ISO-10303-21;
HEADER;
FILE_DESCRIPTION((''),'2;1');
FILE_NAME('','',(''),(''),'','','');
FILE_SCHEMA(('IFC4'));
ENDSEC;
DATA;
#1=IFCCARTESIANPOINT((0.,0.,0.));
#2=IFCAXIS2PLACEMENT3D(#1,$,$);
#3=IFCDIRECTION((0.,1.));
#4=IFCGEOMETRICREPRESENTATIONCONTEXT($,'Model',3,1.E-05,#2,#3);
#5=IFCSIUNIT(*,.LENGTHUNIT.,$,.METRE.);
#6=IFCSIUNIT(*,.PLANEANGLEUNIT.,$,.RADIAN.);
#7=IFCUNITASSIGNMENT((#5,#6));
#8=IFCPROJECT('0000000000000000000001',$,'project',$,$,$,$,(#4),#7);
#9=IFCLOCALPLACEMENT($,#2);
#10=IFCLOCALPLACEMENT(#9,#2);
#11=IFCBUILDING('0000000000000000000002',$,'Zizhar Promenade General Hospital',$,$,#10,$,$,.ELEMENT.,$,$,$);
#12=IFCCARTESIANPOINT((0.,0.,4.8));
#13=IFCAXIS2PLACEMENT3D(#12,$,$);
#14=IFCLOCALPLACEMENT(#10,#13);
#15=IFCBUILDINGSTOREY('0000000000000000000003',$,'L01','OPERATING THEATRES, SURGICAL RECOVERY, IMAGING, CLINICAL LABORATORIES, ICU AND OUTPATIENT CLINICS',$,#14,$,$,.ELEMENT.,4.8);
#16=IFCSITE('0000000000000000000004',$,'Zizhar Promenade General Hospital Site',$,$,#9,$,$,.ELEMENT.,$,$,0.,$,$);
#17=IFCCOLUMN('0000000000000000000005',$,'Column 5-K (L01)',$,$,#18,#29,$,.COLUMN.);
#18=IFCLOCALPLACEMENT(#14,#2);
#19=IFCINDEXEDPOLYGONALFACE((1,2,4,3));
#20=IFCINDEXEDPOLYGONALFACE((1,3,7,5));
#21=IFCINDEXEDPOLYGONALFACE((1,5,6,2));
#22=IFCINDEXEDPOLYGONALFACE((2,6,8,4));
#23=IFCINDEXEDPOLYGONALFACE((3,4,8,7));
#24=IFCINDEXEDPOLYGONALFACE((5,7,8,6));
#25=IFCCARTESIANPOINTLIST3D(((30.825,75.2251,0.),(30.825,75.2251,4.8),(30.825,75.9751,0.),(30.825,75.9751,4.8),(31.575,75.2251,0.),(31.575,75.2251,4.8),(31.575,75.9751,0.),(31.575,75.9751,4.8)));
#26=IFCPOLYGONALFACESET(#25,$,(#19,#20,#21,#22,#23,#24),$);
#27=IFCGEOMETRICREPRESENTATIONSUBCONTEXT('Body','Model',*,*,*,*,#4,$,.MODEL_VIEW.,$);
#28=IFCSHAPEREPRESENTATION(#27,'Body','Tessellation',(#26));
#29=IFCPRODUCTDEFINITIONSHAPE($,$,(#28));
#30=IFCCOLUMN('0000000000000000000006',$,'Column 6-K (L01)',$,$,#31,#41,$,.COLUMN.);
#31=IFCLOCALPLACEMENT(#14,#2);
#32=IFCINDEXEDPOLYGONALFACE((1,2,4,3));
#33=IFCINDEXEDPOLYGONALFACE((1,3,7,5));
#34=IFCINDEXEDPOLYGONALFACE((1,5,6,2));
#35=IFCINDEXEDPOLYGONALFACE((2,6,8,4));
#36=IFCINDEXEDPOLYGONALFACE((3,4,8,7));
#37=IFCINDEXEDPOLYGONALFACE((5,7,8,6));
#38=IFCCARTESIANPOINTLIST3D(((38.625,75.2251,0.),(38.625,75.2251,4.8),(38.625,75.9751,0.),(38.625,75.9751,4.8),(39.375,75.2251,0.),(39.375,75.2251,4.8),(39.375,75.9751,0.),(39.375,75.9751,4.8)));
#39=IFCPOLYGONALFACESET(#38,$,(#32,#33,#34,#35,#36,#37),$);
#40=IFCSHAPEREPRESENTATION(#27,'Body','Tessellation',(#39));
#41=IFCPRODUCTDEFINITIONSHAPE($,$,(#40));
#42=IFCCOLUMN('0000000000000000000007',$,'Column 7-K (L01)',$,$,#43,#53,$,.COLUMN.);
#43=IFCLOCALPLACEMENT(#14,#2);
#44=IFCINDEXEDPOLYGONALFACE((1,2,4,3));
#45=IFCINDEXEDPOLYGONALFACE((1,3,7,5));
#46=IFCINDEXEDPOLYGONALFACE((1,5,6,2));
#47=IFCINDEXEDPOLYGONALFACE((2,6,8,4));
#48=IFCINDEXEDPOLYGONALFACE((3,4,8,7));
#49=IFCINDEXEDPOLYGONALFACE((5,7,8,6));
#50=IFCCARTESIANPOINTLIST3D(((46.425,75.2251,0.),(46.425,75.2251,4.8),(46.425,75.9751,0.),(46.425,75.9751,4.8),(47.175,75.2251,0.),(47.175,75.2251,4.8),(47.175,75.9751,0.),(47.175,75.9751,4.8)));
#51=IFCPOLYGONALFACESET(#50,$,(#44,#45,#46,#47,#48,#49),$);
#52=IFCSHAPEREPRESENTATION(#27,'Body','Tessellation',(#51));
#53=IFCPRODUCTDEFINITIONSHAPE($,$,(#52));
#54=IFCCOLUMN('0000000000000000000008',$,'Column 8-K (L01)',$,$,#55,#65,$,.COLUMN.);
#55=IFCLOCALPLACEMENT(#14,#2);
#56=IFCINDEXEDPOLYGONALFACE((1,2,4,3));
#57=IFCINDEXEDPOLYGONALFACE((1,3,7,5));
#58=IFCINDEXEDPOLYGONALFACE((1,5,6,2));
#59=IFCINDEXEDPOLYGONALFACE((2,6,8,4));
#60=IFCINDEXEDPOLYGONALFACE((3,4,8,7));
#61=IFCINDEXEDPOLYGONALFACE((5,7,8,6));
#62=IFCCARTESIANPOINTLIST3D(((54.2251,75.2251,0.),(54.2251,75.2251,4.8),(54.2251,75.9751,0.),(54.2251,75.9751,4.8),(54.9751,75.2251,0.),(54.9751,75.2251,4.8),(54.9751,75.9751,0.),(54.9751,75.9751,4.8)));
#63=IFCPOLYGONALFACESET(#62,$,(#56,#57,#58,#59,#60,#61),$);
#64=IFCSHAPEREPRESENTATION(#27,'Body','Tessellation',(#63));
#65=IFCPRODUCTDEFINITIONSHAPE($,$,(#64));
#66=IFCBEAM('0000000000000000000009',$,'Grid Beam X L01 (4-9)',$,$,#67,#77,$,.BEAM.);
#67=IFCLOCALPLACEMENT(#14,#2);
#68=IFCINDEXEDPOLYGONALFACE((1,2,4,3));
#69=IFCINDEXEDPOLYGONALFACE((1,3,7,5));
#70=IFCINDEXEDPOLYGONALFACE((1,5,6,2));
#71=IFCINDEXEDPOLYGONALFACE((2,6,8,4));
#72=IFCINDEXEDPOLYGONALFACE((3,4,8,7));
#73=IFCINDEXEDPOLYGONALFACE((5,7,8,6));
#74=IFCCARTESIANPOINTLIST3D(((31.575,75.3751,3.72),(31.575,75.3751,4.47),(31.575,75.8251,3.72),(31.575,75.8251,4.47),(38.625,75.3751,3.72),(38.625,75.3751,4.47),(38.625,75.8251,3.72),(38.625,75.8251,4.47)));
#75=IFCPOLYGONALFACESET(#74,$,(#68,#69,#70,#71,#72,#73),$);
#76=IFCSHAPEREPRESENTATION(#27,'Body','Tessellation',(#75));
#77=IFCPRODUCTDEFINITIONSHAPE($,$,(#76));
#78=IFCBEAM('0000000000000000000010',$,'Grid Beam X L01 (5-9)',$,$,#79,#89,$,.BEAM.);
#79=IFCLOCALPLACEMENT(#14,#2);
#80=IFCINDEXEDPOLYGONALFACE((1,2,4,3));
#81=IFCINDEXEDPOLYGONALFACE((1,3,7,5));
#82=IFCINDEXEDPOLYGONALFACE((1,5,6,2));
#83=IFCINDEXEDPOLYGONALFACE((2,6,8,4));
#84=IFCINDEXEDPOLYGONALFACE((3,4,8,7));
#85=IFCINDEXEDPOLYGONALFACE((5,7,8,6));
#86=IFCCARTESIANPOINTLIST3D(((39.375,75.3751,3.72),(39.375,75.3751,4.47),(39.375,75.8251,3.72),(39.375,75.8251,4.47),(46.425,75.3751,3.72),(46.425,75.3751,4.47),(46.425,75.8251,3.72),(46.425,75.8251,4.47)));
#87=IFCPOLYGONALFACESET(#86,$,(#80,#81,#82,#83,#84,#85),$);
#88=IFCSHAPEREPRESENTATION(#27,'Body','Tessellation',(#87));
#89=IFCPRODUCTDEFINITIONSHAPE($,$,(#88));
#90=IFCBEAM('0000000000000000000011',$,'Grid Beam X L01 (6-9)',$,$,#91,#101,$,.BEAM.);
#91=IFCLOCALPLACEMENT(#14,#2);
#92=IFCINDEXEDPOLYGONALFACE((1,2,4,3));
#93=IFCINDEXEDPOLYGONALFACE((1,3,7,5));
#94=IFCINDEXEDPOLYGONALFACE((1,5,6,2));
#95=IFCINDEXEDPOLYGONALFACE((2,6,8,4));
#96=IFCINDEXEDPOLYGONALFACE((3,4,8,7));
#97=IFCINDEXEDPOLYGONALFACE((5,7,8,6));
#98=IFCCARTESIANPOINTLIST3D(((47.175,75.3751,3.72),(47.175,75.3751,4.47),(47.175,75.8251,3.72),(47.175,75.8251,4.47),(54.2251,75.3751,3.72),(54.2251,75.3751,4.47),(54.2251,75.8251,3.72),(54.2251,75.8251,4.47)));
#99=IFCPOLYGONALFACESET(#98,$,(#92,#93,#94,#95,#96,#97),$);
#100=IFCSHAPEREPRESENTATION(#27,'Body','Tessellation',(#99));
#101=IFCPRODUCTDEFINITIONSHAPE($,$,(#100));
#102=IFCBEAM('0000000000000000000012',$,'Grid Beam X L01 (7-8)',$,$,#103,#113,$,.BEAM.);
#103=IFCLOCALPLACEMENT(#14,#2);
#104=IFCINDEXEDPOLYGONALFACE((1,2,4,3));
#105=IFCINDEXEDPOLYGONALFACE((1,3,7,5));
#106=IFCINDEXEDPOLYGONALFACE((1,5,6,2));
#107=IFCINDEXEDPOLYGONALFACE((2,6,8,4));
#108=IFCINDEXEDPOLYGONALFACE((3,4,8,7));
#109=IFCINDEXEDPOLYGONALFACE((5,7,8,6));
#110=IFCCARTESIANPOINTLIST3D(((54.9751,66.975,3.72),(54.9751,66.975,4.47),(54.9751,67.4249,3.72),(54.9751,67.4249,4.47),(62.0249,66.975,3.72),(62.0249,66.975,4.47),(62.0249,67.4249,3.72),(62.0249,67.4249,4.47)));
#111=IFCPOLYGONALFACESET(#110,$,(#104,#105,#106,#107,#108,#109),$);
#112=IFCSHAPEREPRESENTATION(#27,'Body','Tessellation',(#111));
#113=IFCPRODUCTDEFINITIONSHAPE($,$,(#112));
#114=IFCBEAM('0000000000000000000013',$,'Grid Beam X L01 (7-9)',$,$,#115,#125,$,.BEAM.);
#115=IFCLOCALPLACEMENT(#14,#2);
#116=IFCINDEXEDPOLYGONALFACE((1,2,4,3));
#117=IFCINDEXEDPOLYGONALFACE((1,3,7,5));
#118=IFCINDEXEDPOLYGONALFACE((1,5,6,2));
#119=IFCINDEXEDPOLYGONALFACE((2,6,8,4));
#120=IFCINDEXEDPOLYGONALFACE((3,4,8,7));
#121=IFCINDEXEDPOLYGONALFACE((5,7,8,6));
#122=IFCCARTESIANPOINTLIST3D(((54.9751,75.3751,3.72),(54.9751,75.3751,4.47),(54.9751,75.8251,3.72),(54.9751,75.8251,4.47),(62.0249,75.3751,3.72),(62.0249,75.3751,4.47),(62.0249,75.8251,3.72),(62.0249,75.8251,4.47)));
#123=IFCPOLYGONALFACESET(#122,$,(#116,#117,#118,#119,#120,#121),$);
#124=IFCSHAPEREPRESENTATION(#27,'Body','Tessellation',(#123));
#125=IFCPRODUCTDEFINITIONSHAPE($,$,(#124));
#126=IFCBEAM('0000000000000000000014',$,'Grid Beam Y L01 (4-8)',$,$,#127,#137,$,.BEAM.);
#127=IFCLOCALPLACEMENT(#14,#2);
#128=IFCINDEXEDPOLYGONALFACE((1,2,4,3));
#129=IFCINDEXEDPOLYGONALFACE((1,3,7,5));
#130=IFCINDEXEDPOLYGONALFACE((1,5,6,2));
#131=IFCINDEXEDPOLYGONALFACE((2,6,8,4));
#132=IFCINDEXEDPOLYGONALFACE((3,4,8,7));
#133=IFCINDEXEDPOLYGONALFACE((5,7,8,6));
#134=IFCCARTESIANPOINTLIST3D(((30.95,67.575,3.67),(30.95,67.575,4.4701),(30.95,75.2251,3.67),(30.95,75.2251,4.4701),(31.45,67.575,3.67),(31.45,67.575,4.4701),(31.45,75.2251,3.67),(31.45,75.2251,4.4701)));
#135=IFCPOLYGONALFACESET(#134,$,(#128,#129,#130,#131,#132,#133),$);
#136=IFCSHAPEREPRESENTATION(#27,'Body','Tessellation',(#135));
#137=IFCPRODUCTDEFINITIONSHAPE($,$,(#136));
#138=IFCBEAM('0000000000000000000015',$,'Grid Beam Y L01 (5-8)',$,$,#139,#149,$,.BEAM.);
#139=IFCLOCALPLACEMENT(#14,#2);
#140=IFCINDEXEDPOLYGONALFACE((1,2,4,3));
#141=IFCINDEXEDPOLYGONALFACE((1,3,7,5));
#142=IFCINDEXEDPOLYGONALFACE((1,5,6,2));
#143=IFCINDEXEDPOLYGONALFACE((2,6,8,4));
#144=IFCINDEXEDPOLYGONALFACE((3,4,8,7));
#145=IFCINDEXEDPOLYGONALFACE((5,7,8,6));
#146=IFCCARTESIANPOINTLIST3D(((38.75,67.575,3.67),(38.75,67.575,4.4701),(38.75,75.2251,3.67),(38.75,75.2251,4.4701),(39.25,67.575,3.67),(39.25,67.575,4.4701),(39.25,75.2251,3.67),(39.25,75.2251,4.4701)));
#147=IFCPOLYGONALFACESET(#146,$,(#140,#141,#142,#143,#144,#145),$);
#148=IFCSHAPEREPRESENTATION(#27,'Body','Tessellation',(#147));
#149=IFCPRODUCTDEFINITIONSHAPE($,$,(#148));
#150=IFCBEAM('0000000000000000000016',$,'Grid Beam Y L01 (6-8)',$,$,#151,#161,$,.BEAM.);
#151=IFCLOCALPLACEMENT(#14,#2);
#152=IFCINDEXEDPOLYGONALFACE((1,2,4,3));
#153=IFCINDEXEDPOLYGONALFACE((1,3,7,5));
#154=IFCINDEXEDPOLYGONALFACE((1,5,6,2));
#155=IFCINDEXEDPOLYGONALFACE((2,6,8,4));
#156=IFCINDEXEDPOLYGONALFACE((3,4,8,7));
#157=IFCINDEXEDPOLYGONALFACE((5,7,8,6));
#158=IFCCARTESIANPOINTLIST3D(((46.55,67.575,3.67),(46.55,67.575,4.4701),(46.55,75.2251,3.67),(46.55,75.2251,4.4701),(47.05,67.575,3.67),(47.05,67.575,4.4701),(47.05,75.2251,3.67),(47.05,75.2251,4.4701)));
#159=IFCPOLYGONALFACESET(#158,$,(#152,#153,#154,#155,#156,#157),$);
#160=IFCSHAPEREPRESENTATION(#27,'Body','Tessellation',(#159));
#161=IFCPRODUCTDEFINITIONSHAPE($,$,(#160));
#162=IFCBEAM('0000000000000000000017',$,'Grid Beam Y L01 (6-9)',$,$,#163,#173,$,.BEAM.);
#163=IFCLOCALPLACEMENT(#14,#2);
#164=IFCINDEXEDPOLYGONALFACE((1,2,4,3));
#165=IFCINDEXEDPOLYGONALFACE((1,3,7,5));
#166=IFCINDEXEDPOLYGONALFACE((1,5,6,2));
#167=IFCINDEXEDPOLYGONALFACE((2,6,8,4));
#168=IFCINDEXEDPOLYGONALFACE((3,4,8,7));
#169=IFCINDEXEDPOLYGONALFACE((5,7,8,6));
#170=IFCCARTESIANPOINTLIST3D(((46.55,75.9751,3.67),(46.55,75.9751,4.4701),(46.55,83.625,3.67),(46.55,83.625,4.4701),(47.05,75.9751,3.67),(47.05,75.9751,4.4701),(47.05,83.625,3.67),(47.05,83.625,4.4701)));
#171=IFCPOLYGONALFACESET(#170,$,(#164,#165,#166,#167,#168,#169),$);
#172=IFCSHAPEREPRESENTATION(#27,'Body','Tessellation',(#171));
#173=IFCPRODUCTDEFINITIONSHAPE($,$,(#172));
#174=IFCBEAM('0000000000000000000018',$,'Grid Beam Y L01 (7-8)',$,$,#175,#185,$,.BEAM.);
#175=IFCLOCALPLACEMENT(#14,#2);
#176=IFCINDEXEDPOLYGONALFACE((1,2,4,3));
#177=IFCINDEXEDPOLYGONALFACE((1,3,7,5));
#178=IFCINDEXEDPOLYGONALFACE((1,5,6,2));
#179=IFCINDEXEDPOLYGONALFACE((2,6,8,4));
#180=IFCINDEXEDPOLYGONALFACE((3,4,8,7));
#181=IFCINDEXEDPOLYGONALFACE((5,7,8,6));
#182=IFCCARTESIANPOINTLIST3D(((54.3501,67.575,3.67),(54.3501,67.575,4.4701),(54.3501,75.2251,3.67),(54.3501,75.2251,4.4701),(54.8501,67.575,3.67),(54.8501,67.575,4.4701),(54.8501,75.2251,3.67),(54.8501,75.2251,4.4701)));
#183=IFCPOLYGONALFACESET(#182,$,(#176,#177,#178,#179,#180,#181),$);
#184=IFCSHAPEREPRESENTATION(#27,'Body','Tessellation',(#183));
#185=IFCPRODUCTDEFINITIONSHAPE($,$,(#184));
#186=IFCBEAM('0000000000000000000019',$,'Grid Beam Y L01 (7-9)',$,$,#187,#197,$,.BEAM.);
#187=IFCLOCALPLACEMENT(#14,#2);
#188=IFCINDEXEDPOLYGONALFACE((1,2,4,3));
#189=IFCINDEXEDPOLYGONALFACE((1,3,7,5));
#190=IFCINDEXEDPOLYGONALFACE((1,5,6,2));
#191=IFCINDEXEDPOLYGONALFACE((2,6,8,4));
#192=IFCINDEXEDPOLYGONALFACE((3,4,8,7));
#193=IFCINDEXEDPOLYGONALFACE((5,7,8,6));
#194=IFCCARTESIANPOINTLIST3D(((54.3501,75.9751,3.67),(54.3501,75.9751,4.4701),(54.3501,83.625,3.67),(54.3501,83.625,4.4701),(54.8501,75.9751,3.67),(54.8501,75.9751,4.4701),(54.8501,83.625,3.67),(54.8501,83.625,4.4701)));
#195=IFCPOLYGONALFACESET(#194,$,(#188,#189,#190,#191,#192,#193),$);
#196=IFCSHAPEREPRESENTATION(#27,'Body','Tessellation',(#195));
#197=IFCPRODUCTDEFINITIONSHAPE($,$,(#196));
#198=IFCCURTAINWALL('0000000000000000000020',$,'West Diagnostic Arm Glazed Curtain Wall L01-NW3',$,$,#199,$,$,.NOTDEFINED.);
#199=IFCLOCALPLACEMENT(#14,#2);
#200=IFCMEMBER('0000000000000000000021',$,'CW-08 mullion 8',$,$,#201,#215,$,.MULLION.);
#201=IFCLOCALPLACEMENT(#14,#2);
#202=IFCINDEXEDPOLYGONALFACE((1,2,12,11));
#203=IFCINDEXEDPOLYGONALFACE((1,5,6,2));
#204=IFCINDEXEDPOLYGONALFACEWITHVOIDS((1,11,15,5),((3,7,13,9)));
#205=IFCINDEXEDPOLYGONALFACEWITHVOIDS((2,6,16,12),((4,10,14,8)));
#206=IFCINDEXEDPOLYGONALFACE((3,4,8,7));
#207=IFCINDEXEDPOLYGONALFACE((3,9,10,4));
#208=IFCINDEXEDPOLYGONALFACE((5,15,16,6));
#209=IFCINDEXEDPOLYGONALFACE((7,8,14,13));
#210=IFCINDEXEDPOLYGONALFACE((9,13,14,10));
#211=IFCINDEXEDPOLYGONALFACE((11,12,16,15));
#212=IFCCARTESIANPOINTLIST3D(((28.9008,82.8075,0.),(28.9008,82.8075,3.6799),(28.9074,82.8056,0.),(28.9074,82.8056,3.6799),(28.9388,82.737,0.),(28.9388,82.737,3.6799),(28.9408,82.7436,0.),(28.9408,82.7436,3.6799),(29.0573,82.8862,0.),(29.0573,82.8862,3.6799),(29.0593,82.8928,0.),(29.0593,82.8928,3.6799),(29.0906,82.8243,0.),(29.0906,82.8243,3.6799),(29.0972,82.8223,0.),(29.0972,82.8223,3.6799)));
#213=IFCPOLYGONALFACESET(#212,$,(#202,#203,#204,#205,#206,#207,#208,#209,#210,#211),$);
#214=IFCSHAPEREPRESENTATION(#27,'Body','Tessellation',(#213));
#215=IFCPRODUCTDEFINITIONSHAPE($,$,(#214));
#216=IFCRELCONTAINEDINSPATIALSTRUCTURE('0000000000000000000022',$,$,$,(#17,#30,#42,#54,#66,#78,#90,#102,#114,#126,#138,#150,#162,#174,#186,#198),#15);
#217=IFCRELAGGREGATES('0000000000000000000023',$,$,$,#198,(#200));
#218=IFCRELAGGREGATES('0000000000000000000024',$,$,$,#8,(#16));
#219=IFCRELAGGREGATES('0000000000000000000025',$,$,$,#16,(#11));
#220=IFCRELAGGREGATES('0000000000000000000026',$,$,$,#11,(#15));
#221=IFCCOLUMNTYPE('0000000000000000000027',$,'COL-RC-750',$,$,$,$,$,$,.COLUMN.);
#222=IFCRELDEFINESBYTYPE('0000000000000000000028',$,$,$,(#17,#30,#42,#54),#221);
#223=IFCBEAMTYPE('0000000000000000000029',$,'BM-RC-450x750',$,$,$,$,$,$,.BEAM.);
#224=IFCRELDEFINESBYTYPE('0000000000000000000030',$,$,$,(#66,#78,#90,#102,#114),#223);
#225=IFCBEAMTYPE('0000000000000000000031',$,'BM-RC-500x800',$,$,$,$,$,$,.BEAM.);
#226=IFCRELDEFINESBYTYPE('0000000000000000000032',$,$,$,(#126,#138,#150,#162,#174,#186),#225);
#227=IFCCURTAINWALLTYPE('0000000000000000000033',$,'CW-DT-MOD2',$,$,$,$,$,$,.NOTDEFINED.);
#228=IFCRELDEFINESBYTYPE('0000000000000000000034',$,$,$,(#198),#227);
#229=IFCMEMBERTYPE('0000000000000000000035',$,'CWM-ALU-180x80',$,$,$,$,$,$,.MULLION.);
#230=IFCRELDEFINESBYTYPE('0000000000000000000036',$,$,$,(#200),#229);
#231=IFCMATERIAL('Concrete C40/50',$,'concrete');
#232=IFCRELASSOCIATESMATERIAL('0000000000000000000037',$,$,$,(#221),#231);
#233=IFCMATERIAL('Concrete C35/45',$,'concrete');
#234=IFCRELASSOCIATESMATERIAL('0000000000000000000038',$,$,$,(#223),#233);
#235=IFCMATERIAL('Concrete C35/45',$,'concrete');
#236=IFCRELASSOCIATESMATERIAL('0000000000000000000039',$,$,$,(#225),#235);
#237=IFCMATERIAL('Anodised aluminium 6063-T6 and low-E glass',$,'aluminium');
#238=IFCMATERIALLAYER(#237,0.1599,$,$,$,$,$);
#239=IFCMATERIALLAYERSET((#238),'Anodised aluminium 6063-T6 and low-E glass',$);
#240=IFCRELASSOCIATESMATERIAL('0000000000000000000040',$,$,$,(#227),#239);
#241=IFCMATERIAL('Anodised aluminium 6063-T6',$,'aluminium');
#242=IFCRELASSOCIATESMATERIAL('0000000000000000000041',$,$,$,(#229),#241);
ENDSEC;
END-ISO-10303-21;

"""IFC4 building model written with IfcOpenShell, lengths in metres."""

from ifc_helpers import new_model, si_unit, direction, frame, origin, origin_2d, place, context, subcontext, project, spatial, rectangle, hollow_rectangle, extrude, material, layer, layer_set, material_profile, profile_set, type_object, element, aggregate, save


model = new_model("IFC4")

# Units and contexts
model_context = context("Model", 3, precision=1e-05, world=origin(), true_north=direction((0.0, 1.0)))
body_context = subcontext(model_context, "Body", "Model", "MODEL_VIEW")
ifc_project = project(units=[si_unit("LENGTHUNIT", "METRE"), si_unit("PLANEANGLEUNIT", "RADIAN")], contexts=[model_context])

# Site, building, storey
site_placement = place(None, origin())
site = spatial("IfcSite", under=ifc_project, at=site_placement, Name="Zizhar Promenade General Hospital Site", CompositionType="ELEMENT", RefElevation=0.0)
building_placement = place(site_placement, origin())
building = spatial("IfcBuilding", under=site, at=building_placement, Name="Zizhar Promenade General Hospital", CompositionType="ELEMENT")
storey_placement = place(building_placement, frame((0.0, 0.0, 4.8)))
storey = spatial("IfcBuildingStorey", under=building, at=storey_placement, Name="L01", Description="OPERATING THEATRES, SURGICAL RECOVERY, IMAGING, CLINICAL LABORATORIES, ICU AND OUTPATIENT CLINICS", CompositionType="ELEMENT", Elevation=4.8)

# Columns
ifc_material_1 = material(Name="Concrete C40/50", Category="concrete")
ifc_material_profile_1 = material_profile(ifc_material_1, rectangle(XDim=0.75, YDim=0.75, at=origin_2d()))
ifc_profile_set_1 = profile_set([ifc_material_profile_1], Name="Concrete C40/50")
column_type = type_object("IfcColumnType", Name="COL-RC-750", PredefinedType="COLUMN", material=ifc_profile_set_1)
for number, where, z_axis, x_axis, name in (
    (1, (31.2, 75.6001, 0.0), (0.0, 0.0, 1.0), (1.0, 0.0, 0.0), "Column 5-K (L01)"),
    (2, (39.0, 75.6001, 0.0), (0.0, 0.0, 1.0), (1.0, 0.0, 0.0), "Column 6-K (L01)"),
    (3, (46.8, 75.6001, 0.0), (0.0, 0.0, 1.0), (1.0, 0.0, 0.0), "Column 7-K (L01)"),
    (4, (54.6001, 75.6001, 0.0), (0.0, 0.0, 1.0), (1.0, 0.0, 0.0), "Column 8-K (L01)"),
):
    element("IfcColumn", number, at=place(storey_placement, frame(where, z_axis=z_axis, x_axis=x_axis)), inside=storey, type_object=column_type, Name=name, PredefinedType="COLUMN", context=body_context, shape_type="SweptSolid", body=[
        extrude(rectangle(XDim=0.75, YDim=0.75, at=origin_2d()), origin(), (0.0, 0.0, 1.0), 4.8),
    ])

# Beams
ifc_material_2 = material(Name="Concrete C35/45", Category="concrete")
ifc_material_profile_2 = material_profile(ifc_material_2, rectangle(XDim=0.45, YDim=0.75, at=origin_2d()))
ifc_profile_set_2 = profile_set([ifc_material_profile_2], Name="Concrete C35/45")
beam_type_1 = type_object("IfcBeamType", Name="BM-RC-450x750", PredefinedType="BEAM", material=ifc_profile_set_2)
for number, where, z_axis, x_axis, name in (
    (5, (31.575, 75.6001, 4.095), (1.0, 0.0, 0.0), (0.0, 1.0, 0.0), "Grid Beam X L01 (4-9)"),
    (6, (39.375, 75.6001, 4.095), (1.0, 0.0, 0.0), (0.0, 1.0, 0.0), "Grid Beam X L01 (5-9)"),
    (7, (47.175, 75.6001, 4.095), (1.0, 0.0, 0.0), (0.0, 1.0, 0.0), "Grid Beam X L01 (6-9)"),
):
    element("IfcBeam", number, at=place(storey_placement, frame(where, z_axis=z_axis, x_axis=x_axis)), inside=storey, type_object=beam_type_1, Name=name, PredefinedType="BEAM", context=body_context, shape_type="SweptSolid", body=[
        extrude(rectangle(XDim=0.45, YDim=0.75, at=origin_2d()), origin(), (0.0, 0.0, 1.0), 7.05),
    ])
for number, where, z_axis, x_axis, name in (
    (8, (54.9751, 67.2, 4.095), (1.0, 0.0, 0.0), (0.0, 1.0, 0.0), "Grid Beam X L01 (7-8)"),
    (9, (54.9751, 75.6001, 4.095), (1.0, 0.0, 0.0), (0.0, 1.0, 0.0), "Grid Beam X L01 (7-9)"),
):
    element("IfcBeam", number, at=place(storey_placement, frame(where, z_axis=z_axis, x_axis=x_axis)), inside=storey, type_object=beam_type_1, Name=name, PredefinedType="BEAM", context=body_context, shape_type="SweptSolid", body=[
        extrude(rectangle(XDim=0.45, YDim=0.75, at=origin_2d()), origin(), (0.0, 0.0, 1.0), 7.0498),
    ])
ifc_material_3 = material(Name="Concrete C35/45", Category="concrete")
ifc_material_profile_3 = material_profile(ifc_material_3, rectangle(XDim=0.5, YDim=0.8, at=origin_2d()))
ifc_profile_set_3 = profile_set([ifc_material_profile_3], Name="Concrete C35/45")
beam_type_2 = type_object("IfcBeamType", Name="BM-RC-500x800", PredefinedType="BEAM", material=ifc_profile_set_3)
for number, where, z_axis, x_axis, name in (
    (10, (31.2, 67.575, 4.0701), (0.0, 1.0, 0.0), (-1.0, 0.0, 0.0), "Grid Beam Y L01 (4-8)"),
    (11, (39.0, 67.575, 4.0701), (0.0, 1.0, 0.0), (-1.0, 0.0, 0.0), "Grid Beam Y L01 (5-8)"),
    (12, (46.8, 67.575, 4.0701), (0.0, 1.0, 0.0), (-1.0, 0.0, 0.0), "Grid Beam Y L01 (6-8)"),
):
    element("IfcBeam", number, at=place(storey_placement, frame(where, z_axis=z_axis, x_axis=x_axis)), inside=storey, type_object=beam_type_2, Name=name, PredefinedType="BEAM", context=body_context, shape_type="SweptSolid", body=[
        extrude(rectangle(XDim=0.5, YDim=0.8, at=origin_2d()), origin(), (0.0, 0.0, 1.0), 7.6501),
    ])
beam_1_placement = place(storey_placement, frame((46.8, 75.9751, 4.0701), z_axis=(0.0, 1.0, 0.0), x_axis=(-1.0, 0.0, 0.0)))
element("IfcBeam", 13, at=beam_1_placement, inside=storey, type_object=beam_type_2, Name="Grid Beam Y L01 (6-9)", PredefinedType="BEAM", context=body_context, shape_type="SweptSolid", body=[
    extrude(rectangle(XDim=0.5, YDim=0.8, at=origin_2d()), origin(), (0.0, 0.0, 1.0), 7.6499),
])
beam_2_placement = place(storey_placement, frame((54.6001, 67.575, 4.0701), z_axis=(0.0, 1.0, 0.0), x_axis=(-1.0, 0.0, 0.0)))
element("IfcBeam", 14, at=beam_2_placement, inside=storey, type_object=beam_type_2, Name="Grid Beam Y L01 (7-8)", PredefinedType="BEAM", context=body_context, shape_type="SweptSolid", body=[
    extrude(rectangle(XDim=0.5, YDim=0.8, at=origin_2d()), origin(), (0.0, 0.0, 1.0), 7.6501),
])
beam_3_placement = place(storey_placement, frame((54.6001, 75.9751, 4.0701), z_axis=(0.0, 1.0, 0.0), x_axis=(-1.0, 0.0, 0.0)))
element("IfcBeam", 15, at=beam_3_placement, inside=storey, type_object=beam_type_2, Name="Grid Beam Y L01 (7-9)", PredefinedType="BEAM", context=body_context, shape_type="SweptSolid", body=[
    extrude(rectangle(XDim=0.5, YDim=0.8, at=origin_2d()), origin(), (0.0, 0.0, 1.0), 7.6499),
])

# Curtain wall, member
ifc_material_4 = material(Name="Anodised aluminium 6063-T6 and low-E glass", Category="aluminium")
ifc_layer_1 = layer(ifc_material_4, 0.1599)
ifc_layer_set_1 = layer_set([ifc_layer_1], Name="Anodised aluminium 6063-T6 and low-E glass")
curtain_wall_type = type_object("IfcCurtainWallType", Name="CW-DT-MOD2", PredefinedType="NOTDEFINED", material=ifc_layer_set_1)
curtain_wall_placement = place(storey_placement, origin())
curtain_wall = element("IfcCurtainWall", 16, at=curtain_wall_placement, inside=storey, type_object=curtain_wall_type, Name="West Diagnostic Arm Glazed Curtain Wall L01-NW3", PredefinedType="NOTDEFINED")
ifc_material_5 = material(Name="Anodised aluminium 6063-T6", Category="aluminium")
ifc_material_profile_4 = material_profile(ifc_material_5, hollow_rectangle(XDim=0.0801, YDim=0.1799, WallThickness=0.0049, at=origin_2d()))
ifc_profile_set_4 = profile_set([ifc_material_profile_4], Name="Anodised aluminium 6063-T6")
member_type_1 = type_object("IfcMemberType", Name="CWM-ALU-180x80", PredefinedType="MULLION", material=ifc_profile_set_4)
member_1_placement = place(storey_placement, frame((28.999, 82.8149, 0.0), z_axis=(0.0, 0.0, 1.0), x_axis=(-0.474097, 0.880473, 0.0)))
member_1 = element("IfcMember", 17, at=member_1_placement, type_object=member_type_1, Name="CW-08 mullion 8", PredefinedType="MULLION", context=body_context, shape_type="SweptSolid", body=[
    extrude(hollow_rectangle(XDim=0.0801, YDim=0.1799, WallThickness=0.0049, at=origin_2d()), origin(), (0.0, 0.0, 1.0), 3.6799),
])
aggregate(curtain_wall, [member_1])

save(model, "model.ifc")
